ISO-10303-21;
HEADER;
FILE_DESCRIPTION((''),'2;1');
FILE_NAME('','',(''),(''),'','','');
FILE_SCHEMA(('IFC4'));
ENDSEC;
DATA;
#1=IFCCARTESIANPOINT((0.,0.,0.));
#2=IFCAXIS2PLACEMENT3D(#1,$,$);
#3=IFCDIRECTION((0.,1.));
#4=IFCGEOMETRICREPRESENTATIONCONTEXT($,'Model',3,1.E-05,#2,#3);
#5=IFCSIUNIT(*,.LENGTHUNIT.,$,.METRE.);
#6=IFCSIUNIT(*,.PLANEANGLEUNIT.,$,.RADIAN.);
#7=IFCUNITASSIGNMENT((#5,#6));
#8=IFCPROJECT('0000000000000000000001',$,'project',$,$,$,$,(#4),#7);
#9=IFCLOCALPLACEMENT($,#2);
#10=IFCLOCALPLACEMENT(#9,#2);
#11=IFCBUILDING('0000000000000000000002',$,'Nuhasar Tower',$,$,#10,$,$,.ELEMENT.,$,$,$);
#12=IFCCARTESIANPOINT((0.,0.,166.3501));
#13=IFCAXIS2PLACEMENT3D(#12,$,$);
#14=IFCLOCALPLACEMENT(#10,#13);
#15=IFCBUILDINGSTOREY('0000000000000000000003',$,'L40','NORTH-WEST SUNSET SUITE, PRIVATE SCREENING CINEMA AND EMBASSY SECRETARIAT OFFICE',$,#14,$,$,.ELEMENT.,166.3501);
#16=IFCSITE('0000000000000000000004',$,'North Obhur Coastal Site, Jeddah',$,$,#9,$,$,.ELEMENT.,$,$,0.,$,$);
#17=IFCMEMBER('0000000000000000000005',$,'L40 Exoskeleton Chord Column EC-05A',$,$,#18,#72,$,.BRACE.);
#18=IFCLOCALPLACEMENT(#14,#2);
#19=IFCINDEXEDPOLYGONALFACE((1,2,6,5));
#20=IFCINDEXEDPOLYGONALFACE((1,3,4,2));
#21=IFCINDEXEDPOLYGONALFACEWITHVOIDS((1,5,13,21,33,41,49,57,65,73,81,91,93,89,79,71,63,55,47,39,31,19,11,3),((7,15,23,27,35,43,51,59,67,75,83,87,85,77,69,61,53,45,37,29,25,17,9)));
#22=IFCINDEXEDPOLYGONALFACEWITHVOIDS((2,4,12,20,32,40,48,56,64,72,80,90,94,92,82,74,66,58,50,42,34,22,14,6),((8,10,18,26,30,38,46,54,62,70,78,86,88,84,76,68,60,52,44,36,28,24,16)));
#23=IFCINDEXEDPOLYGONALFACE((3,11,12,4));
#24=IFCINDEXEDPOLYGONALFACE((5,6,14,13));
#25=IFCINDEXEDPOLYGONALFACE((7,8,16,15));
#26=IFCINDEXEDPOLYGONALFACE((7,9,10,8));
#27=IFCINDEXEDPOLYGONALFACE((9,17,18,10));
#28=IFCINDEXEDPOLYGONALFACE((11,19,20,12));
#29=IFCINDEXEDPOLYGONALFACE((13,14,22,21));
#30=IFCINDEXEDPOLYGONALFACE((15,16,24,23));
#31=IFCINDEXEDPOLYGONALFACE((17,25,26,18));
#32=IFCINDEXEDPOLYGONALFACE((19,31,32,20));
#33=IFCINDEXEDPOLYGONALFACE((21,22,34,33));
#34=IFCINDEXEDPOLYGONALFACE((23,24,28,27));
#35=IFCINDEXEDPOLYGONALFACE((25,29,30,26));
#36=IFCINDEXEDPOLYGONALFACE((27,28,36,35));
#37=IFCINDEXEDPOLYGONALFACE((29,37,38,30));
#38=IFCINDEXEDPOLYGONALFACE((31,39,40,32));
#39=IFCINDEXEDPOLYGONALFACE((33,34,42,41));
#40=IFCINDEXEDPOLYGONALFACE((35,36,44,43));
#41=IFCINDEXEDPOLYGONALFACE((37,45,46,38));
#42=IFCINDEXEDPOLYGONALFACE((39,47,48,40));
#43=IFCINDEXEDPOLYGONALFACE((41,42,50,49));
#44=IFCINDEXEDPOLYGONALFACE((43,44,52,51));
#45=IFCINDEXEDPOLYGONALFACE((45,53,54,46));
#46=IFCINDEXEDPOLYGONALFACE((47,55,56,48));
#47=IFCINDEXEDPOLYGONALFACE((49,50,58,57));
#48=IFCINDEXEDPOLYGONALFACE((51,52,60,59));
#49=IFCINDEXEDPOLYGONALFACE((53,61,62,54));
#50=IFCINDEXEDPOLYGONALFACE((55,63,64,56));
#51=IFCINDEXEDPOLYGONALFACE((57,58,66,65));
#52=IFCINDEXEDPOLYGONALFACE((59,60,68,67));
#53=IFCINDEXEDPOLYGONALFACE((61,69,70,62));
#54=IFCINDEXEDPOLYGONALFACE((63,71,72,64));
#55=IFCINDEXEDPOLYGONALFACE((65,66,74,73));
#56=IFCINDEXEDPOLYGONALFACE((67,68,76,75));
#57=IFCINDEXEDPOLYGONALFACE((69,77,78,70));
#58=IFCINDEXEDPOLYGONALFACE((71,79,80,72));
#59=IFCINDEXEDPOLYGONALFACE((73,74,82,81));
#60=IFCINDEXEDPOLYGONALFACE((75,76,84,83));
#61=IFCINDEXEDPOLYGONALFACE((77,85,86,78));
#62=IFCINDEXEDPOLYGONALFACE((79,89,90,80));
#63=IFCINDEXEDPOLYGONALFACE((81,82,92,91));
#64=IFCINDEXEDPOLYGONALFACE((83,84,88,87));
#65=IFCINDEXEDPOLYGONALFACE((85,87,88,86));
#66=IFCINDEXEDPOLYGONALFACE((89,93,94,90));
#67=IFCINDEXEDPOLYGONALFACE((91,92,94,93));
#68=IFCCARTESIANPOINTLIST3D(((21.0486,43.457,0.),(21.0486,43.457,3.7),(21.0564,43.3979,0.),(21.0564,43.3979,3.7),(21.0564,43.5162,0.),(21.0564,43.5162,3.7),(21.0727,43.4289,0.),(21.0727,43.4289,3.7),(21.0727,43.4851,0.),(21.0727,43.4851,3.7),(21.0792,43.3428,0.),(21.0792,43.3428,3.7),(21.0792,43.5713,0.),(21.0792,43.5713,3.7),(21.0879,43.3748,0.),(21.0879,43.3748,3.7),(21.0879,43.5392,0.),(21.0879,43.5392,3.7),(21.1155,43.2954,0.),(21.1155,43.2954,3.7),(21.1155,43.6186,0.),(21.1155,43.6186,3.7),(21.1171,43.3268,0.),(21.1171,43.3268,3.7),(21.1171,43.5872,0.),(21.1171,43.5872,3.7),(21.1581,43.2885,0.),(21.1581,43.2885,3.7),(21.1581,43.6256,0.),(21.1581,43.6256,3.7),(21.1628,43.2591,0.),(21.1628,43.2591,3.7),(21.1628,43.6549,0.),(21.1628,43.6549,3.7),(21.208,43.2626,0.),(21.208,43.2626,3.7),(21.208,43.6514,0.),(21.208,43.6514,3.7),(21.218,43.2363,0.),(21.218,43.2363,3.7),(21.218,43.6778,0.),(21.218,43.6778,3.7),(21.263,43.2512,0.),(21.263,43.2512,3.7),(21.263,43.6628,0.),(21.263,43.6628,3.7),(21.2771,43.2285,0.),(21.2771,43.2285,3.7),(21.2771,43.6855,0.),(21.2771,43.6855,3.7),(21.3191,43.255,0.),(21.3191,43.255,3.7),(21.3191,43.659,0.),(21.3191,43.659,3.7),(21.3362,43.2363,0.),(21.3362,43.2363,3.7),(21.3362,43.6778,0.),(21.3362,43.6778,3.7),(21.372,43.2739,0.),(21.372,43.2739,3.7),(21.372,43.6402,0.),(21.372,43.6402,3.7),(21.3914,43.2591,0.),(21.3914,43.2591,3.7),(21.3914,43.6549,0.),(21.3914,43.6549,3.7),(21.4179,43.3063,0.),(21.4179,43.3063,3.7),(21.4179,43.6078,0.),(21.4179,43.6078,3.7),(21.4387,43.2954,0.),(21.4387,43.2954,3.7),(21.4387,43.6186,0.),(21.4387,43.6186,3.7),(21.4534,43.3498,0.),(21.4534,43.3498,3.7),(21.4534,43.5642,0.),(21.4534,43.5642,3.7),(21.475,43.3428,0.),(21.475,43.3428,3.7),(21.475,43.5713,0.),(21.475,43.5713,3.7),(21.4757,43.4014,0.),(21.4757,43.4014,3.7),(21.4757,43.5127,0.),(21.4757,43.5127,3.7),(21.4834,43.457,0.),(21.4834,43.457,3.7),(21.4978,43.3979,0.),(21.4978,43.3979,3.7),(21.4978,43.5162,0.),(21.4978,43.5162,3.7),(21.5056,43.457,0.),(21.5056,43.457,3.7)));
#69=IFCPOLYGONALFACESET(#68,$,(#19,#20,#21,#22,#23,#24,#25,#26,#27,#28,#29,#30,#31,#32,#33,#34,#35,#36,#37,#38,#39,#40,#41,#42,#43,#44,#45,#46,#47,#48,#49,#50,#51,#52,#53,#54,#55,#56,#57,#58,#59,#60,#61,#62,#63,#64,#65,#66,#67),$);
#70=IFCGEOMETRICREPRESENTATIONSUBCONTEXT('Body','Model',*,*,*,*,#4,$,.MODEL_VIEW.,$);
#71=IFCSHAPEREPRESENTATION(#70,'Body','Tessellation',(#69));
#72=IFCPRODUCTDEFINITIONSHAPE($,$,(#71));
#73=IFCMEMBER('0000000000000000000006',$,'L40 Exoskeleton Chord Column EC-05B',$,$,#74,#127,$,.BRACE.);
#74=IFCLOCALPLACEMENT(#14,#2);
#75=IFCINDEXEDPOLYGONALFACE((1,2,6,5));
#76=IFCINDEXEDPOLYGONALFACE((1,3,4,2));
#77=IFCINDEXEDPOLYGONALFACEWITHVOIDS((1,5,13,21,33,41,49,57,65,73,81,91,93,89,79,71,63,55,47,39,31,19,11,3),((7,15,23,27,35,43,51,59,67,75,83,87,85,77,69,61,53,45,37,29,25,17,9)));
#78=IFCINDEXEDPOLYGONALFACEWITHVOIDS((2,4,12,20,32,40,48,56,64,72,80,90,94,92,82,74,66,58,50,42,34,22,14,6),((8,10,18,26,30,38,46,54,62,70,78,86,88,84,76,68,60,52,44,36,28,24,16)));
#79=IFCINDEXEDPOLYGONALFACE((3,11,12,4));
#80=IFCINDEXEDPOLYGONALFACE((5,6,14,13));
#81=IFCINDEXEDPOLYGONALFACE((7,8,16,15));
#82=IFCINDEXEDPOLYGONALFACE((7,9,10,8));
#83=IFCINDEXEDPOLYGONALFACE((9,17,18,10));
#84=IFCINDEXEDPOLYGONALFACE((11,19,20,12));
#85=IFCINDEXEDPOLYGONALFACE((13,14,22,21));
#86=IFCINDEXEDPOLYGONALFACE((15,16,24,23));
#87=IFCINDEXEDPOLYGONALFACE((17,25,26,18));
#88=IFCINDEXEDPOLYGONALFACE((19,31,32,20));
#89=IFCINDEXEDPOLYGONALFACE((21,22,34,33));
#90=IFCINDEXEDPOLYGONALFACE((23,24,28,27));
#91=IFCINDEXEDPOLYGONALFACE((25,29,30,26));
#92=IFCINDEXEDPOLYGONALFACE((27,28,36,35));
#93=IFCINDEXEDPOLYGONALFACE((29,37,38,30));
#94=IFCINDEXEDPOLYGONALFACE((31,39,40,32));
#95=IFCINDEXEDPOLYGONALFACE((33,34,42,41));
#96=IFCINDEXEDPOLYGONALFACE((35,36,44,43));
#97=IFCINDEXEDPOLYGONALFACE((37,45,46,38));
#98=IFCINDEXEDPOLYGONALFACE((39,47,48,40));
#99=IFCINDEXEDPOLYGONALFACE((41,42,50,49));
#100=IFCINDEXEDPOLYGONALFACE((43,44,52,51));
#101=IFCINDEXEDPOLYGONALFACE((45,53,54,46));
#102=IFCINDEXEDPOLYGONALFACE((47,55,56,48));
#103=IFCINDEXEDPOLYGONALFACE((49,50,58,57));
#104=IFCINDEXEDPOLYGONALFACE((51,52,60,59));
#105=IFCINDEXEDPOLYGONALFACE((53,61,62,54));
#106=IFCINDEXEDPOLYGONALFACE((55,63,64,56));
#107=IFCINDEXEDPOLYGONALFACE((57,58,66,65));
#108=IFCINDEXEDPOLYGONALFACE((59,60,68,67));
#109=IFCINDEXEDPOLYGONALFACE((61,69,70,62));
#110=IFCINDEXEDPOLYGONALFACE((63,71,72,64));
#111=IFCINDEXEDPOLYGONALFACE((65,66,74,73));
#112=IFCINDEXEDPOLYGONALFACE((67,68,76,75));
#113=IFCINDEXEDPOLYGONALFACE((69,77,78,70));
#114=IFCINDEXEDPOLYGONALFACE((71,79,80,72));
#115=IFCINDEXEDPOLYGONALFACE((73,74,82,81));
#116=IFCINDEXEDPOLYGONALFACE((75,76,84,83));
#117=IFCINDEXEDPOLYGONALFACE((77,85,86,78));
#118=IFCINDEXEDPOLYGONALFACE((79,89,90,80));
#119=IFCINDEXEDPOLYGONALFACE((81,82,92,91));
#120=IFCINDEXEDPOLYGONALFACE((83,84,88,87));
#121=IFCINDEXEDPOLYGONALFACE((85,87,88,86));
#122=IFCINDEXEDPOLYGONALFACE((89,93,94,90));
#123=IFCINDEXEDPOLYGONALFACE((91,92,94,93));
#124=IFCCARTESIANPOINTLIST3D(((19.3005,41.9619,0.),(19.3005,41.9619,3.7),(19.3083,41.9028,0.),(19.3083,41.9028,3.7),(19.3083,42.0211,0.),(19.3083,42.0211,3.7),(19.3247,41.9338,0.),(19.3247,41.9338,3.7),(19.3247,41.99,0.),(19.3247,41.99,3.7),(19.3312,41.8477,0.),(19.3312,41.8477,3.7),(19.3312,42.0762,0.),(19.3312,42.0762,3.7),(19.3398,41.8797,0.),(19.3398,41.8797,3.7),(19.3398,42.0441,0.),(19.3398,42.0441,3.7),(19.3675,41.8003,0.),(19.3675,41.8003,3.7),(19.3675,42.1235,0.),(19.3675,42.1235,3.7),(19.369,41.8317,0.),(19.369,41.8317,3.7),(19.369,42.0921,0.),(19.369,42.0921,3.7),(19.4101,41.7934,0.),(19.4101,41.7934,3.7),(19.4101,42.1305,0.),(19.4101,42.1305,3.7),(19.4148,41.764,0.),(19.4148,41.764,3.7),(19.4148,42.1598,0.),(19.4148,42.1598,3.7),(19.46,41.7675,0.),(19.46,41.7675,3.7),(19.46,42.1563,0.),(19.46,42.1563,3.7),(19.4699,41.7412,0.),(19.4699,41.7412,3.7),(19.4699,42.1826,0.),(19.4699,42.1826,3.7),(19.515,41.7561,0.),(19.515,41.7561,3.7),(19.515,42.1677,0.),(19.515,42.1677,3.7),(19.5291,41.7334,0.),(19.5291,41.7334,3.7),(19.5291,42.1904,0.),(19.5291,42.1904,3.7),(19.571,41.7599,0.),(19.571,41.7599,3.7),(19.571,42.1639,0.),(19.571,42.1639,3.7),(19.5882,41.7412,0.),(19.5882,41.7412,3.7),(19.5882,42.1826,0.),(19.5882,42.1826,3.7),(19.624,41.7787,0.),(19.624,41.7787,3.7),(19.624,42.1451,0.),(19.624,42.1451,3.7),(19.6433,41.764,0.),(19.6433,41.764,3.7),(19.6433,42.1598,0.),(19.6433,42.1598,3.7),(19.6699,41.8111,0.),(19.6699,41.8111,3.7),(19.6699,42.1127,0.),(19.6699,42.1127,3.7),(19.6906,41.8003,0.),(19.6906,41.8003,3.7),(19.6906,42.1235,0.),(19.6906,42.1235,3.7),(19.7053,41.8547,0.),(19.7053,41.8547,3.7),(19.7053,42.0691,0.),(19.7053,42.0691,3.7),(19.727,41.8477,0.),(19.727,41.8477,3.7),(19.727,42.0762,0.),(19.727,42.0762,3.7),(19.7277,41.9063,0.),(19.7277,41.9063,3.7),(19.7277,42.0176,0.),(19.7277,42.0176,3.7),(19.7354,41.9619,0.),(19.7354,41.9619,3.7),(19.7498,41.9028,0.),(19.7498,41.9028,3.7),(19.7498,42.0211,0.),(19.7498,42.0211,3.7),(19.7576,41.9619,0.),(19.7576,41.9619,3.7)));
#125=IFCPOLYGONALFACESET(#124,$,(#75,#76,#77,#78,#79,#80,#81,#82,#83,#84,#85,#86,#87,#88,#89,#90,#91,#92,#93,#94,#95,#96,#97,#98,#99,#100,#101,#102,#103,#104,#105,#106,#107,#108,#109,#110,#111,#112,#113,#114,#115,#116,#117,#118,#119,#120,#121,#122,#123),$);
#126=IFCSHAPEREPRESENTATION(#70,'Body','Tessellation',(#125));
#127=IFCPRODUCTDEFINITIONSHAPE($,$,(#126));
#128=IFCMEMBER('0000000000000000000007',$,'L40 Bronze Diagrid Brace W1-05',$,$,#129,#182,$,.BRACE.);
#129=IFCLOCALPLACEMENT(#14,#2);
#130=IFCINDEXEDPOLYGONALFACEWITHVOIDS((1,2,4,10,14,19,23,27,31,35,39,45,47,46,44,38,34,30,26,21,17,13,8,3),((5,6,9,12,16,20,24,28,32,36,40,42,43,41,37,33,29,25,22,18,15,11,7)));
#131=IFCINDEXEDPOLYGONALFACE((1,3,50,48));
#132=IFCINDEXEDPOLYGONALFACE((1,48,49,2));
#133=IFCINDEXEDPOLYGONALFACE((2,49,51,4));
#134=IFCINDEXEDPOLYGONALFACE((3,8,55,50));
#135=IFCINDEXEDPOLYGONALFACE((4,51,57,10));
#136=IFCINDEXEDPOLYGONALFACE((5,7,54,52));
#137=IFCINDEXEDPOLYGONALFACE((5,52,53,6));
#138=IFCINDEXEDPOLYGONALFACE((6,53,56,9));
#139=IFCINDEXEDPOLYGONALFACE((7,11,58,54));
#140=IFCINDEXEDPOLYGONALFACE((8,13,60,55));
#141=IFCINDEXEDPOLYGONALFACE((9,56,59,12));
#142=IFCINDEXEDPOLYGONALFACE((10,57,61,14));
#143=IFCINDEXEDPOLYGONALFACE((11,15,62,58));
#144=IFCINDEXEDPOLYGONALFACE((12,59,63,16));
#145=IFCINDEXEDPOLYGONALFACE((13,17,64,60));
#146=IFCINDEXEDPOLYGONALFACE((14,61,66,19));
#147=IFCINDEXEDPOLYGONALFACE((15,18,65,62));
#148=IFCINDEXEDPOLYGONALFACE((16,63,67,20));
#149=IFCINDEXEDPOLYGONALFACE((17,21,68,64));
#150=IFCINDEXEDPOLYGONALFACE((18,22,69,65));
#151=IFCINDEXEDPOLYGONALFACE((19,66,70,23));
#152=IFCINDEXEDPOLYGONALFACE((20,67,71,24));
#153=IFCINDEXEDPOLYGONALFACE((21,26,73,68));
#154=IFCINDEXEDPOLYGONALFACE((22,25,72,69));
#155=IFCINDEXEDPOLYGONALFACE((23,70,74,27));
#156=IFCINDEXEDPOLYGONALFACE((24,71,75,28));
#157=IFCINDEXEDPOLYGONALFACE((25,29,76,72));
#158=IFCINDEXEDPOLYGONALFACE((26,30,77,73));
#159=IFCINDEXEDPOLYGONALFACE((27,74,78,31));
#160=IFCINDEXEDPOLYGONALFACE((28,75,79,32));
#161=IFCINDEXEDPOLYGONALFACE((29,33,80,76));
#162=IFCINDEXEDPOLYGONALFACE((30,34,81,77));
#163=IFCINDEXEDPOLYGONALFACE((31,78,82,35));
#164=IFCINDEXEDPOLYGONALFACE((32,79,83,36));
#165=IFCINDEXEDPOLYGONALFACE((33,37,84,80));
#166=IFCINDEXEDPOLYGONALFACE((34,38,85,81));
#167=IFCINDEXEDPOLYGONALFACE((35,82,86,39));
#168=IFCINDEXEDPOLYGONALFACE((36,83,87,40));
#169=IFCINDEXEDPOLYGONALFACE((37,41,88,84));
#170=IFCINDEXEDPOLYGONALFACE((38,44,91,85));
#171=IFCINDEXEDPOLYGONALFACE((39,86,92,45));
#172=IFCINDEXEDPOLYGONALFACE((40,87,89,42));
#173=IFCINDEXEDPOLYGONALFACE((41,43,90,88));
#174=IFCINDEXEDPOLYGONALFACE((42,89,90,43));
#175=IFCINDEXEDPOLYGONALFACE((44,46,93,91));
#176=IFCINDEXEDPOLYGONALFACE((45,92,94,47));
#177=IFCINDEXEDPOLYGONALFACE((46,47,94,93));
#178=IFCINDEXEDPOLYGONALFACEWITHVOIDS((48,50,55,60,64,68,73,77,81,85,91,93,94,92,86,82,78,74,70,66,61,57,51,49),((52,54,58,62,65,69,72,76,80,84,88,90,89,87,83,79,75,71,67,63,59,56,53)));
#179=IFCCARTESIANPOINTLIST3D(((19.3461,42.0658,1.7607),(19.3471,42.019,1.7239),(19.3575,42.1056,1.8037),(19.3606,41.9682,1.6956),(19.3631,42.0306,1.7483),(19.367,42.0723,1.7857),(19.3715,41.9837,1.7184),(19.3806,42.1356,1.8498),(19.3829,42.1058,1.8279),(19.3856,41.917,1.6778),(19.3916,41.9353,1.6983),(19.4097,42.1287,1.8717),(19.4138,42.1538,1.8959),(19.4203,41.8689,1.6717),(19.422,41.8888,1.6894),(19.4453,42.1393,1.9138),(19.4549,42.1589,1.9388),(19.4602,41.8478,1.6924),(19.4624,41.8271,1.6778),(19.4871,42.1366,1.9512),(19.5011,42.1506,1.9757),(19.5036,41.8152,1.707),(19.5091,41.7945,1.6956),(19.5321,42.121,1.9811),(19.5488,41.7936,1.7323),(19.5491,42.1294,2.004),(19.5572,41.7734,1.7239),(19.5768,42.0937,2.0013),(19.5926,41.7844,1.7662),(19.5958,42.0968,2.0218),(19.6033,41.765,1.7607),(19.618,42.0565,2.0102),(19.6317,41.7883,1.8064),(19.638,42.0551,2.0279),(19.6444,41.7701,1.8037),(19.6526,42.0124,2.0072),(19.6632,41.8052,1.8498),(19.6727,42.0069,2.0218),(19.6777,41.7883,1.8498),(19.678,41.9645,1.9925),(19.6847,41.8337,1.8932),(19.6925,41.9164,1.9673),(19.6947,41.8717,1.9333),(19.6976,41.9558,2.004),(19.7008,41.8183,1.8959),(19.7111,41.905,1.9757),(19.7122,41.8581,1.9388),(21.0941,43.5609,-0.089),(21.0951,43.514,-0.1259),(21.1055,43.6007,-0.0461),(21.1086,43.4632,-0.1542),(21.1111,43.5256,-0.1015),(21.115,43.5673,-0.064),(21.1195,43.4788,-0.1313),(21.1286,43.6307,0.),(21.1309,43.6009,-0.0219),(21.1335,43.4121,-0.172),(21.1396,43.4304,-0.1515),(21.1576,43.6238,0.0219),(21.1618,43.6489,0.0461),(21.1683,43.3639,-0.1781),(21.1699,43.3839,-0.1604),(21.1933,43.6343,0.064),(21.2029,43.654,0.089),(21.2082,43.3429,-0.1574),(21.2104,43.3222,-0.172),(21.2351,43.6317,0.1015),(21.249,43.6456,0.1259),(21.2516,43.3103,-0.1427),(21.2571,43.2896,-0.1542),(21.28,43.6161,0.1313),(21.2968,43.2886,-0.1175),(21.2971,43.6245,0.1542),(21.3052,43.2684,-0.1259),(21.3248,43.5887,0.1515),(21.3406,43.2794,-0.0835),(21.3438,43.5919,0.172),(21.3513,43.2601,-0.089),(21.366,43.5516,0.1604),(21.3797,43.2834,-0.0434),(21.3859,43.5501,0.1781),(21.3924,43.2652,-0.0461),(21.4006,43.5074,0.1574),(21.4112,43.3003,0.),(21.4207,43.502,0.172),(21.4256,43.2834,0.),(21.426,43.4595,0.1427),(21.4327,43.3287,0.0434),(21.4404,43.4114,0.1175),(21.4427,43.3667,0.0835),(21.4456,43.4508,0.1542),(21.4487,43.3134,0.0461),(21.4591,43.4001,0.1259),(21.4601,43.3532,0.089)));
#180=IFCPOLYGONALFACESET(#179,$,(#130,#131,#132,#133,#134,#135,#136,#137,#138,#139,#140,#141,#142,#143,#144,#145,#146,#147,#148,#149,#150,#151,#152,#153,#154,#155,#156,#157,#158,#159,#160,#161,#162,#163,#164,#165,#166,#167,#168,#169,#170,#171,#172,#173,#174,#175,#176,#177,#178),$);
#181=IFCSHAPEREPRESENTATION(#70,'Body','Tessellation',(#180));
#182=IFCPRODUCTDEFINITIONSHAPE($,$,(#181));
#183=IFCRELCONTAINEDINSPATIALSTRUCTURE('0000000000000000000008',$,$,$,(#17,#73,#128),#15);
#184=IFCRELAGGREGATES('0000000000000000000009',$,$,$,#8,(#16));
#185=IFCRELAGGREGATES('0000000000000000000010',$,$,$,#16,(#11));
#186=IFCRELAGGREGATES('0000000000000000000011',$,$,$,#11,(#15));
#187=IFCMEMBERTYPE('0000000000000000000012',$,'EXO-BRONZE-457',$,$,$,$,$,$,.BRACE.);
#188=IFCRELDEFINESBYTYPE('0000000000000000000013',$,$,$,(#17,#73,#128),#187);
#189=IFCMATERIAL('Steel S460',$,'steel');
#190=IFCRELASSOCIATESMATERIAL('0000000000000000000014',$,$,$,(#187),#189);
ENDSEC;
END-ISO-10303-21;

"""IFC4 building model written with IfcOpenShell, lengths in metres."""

from ifc_helpers import new_model, si_unit, direction, frame, origin, origin_2d, place, context, subcontext, project, spatial, hollow_circle, extrude, material, material_profile, profile_set, type_object, element, save


model = new_model("IFC4")

# Units and contexts
model_context = context("Model", 3, precision=1e-05, world=origin(), true_north=direction((0.0, 1.0)))
body_context = subcontext(model_context, "Body", "Model", "MODEL_VIEW")
ifc_project = project(units=[si_unit("LENGTHUNIT", "METRE"), si_unit("PLANEANGLEUNIT", "RADIAN")], contexts=[model_context])

# Site, building, storey
site_placement = place(None, origin())
site = spatial("IfcSite", under=ifc_project, at=site_placement, Name="North Obhur Coastal Site, Jeddah", CompositionType="ELEMENT", RefElevation=0.0)
building_placement = place(site_placement, origin())
building = spatial("IfcBuilding", under=site, at=building_placement, Name="Nuhasar Tower", CompositionType="ELEMENT")
storey_placement = place(building_placement, frame((0.0, 0.0, 166.3501)))
storey = spatial("IfcBuildingStorey", under=building, at=storey_placement, Name="L40", Description="NORTH-WEST SUNSET SUITE, PRIVATE SCREENING CINEMA AND EMBASSY SECRETARIAT OFFICE", CompositionType="ELEMENT", Elevation=166.3501)

# Members
ifc_material_1 = material(Name="Steel S460", Category="steel")
ifc_material_profile_1 = material_profile(ifc_material_1, hollow_circle(Radius=0.2285, WallThickness=0.0222, at=origin_2d()), Name="HSS457X22.2")
ifc_profile_set_1 = profile_set([ifc_material_profile_1], Name="Steel S460")
member_type_1 = type_object("IfcMemberType", Name="EXO-BRONZE-457", PredefinedType="BRACE", material=ifc_profile_set_1)
for number, where, z_axis, x_axis, name in (
    (1, (21.2771, 43.457, 0.0), (0.0, 0.0, 1.0), (1.0, 0.0, 0.0), "L40 Exoskeleton Chord Column EC-05A"),
    (2, (19.5291, 41.9619, 0.0), (0.0, 0.0, 1.0), (1.0, 0.0, 0.0), "L40 Exoskeleton Chord Column EC-05B"),
):
    element("IfcMember", number, at=place(storey_placement, frame(where, z_axis=z_axis, x_axis=x_axis)), inside=storey, type_object=member_type_1, Name=name, PredefinedType="BRACE", context=body_context, shape_type="SweptSolid", body=[
        extrude(hollow_circle(Radius=0.2285, WallThickness=0.0222, at=origin_2d()), origin(), (0.0, 0.0, 1.0), 3.7),
    ])
member_1_placement = place(storey_placement, frame((21.2771, 43.457, 0.0), z_axis=(-0.592201, -0.506514, 0.626691), x_axis=(0.649987, -0.759945, 0.0)))
element("IfcMember", 3, at=member_1_placement, inside=storey, type_object=member_type_1, Name="L40 Bronze Diagrid Brace W1-05", PredefinedType="BRACE", context=body_context, shape_type="SweptSolid", body=[
    extrude(hollow_circle(Radius=0.2285, WallThickness=0.0222, at=origin_2d()), origin(), (0.0, 0.0, 1.0), 2.9517),
])

save(model, "model.ifc")
